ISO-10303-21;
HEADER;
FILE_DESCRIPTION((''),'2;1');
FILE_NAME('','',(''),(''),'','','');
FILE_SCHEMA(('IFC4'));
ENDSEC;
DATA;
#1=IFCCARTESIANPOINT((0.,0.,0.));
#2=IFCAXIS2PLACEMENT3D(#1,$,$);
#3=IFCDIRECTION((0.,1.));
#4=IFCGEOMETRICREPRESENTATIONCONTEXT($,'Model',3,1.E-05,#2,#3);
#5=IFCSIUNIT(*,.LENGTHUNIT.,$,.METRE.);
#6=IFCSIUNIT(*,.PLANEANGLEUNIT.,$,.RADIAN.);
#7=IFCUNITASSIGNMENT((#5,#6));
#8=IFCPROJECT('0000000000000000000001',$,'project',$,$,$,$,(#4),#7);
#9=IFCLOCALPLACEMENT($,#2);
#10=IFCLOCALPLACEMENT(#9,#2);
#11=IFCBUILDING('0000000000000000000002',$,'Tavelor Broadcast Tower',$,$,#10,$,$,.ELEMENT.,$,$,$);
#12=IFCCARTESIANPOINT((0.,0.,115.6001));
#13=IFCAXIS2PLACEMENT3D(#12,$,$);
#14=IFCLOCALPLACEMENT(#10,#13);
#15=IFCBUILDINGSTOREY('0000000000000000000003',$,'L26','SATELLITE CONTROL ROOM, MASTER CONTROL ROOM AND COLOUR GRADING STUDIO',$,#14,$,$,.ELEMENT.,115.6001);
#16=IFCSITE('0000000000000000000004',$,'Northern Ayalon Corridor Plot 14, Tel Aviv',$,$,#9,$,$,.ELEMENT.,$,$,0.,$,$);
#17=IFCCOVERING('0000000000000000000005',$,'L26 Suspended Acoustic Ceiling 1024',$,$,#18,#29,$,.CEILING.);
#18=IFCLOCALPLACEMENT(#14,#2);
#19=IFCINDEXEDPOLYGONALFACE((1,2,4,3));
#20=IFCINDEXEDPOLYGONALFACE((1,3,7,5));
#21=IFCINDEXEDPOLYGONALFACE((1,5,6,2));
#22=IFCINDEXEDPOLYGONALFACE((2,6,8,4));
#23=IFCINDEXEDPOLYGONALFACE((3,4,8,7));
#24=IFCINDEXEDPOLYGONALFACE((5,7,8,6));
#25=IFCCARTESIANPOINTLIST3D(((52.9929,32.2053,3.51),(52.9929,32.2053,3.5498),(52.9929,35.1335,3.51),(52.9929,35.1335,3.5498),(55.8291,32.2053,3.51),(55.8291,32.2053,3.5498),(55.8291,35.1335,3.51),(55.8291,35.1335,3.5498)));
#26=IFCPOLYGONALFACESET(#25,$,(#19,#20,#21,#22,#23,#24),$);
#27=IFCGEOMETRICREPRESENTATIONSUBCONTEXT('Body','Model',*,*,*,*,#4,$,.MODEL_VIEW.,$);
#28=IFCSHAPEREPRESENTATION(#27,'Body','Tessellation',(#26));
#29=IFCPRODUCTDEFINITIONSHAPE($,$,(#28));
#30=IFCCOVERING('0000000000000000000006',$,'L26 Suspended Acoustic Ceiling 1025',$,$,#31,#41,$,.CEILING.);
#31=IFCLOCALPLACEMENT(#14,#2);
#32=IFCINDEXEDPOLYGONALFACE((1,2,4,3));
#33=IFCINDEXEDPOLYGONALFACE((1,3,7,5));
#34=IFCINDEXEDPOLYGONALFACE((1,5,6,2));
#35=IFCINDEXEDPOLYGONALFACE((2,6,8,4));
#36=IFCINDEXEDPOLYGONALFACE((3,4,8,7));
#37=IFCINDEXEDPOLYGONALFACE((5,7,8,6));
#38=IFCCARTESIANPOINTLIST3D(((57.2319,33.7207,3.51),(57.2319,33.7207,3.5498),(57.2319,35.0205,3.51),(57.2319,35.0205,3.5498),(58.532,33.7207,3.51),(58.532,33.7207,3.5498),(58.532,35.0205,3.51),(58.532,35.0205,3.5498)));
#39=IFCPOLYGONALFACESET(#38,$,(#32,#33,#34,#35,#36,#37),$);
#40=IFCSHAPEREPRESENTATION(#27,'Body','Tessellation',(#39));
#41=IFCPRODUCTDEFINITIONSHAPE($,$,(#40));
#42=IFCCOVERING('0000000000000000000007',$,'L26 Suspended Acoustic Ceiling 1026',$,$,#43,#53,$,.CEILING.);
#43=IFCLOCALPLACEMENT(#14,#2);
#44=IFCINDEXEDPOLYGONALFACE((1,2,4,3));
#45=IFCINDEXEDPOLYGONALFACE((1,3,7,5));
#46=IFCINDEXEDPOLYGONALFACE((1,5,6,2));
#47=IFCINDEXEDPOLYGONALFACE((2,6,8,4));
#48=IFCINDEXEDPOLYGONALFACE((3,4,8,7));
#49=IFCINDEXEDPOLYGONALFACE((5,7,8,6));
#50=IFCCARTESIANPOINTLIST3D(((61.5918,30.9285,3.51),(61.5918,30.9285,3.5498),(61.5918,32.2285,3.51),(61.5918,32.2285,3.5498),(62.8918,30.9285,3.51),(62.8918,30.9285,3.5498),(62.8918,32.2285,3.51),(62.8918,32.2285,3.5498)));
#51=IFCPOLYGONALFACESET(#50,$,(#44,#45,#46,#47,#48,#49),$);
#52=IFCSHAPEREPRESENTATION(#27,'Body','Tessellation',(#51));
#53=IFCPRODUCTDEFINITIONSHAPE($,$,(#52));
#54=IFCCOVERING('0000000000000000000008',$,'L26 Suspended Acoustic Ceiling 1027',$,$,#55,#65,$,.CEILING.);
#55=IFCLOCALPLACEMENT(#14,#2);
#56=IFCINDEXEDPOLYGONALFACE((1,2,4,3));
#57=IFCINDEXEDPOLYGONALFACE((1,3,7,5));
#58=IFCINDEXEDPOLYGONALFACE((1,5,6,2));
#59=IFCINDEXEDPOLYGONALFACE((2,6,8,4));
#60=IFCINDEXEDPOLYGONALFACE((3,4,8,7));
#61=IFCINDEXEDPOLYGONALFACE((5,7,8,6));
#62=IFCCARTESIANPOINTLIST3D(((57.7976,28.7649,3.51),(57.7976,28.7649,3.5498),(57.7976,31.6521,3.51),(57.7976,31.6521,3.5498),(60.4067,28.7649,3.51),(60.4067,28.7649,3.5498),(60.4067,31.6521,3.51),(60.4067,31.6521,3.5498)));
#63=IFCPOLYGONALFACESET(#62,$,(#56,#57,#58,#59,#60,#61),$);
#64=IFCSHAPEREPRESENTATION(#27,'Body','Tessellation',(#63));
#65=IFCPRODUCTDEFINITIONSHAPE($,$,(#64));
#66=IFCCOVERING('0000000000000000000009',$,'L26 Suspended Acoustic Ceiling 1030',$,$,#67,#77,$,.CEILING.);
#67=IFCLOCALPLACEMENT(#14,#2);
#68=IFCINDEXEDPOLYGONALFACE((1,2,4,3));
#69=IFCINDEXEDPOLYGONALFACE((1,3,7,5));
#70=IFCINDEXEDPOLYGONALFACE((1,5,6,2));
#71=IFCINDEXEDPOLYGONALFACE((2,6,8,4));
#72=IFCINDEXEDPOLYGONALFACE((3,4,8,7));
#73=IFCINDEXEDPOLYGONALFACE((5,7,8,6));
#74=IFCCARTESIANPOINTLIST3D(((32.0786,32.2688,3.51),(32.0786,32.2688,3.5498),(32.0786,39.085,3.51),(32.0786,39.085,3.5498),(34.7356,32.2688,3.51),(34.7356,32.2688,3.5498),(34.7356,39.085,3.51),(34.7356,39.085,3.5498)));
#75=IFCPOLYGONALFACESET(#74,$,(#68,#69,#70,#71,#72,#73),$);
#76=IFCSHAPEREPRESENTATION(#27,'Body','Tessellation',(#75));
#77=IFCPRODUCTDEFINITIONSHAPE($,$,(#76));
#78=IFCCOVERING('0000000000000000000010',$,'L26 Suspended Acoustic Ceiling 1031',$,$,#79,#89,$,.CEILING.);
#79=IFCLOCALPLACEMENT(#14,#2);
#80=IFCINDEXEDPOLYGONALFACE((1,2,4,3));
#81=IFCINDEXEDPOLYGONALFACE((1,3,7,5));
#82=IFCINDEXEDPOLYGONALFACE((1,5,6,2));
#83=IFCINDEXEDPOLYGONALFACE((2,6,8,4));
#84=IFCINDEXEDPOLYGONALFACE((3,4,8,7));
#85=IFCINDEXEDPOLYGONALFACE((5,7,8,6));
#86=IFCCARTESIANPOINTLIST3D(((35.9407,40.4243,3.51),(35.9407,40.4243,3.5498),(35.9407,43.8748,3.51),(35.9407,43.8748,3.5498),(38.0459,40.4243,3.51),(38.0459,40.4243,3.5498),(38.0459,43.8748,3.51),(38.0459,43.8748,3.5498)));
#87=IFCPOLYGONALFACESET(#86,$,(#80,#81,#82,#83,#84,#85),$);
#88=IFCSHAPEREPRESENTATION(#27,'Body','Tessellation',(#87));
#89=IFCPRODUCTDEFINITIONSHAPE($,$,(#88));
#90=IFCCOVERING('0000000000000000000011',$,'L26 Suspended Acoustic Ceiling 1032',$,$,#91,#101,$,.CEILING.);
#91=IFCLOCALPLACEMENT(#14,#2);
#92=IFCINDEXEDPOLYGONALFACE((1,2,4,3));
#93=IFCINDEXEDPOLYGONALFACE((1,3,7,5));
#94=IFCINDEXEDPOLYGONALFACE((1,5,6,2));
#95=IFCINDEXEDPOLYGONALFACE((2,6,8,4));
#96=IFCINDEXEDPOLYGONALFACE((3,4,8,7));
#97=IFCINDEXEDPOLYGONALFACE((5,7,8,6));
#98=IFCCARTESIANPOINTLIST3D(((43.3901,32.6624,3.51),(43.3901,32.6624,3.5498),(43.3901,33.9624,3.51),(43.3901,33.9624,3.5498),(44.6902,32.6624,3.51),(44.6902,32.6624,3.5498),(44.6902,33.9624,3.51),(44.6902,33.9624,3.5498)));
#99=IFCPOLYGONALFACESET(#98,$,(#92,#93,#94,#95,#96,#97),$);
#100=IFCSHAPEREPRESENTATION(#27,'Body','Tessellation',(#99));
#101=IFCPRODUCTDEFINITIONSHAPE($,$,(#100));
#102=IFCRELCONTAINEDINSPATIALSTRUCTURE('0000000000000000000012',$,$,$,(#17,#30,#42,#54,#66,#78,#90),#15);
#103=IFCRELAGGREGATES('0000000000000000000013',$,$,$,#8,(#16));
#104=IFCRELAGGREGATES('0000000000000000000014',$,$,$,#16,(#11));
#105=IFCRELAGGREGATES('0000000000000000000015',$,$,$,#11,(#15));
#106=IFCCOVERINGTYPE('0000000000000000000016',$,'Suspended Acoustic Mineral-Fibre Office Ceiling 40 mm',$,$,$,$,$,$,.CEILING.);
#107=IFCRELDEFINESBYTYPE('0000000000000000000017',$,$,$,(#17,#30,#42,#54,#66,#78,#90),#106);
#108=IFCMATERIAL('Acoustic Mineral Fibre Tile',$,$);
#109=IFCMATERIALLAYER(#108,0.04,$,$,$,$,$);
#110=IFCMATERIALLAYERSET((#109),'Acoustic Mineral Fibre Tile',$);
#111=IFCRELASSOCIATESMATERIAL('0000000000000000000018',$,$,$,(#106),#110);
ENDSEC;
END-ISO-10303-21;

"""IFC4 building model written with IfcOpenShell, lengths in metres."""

from ifc_helpers import new_model, si_unit, direction, frame, origin, place, context, subcontext, project, spatial, polyline, outline, extrude, material, layer, layer_set, type_object, element, save


model = new_model("IFC4")

# Units and contexts
model_context = context("Model", 3, precision=1e-05, world=origin(), true_north=direction((0.0, 1.0)))
body_context = subcontext(model_context, "Body", "Model", "MODEL_VIEW")
ifc_project = project(units=[si_unit("LENGTHUNIT", "METRE"), si_unit("PLANEANGLEUNIT", "RADIAN")], contexts=[model_context])

# Site, building, storey
site_placement = place(None, origin())
site = spatial("IfcSite", under=ifc_project, at=site_placement, Name="Northern Ayalon Corridor Plot 14, Tel Aviv", CompositionType="ELEMENT", RefElevation=0.0)
building_placement = place(site_placement, origin())
building = spatial("IfcBuilding", under=site, at=building_placement, Name="Tavelor Broadcast Tower", CompositionType="ELEMENT")
storey_placement = place(building_placement, frame((0.0, 0.0, 115.6001)))
storey = spatial("IfcBuildingStorey", under=building, at=storey_placement, Name="L26", Description="SATELLITE CONTROL ROOM, MASTER CONTROL ROOM AND COLOUR GRADING STUDIO", CompositionType="ELEMENT", Elevation=115.6001)

# Coverings
ifc_material_1 = material(Name="Acoustic Mineral Fibre Tile")
ifc_layer_1 = layer(ifc_material_1, 0.04)
ifc_layer_set_1 = layer_set([ifc_layer_1], Name="Acoustic Mineral Fibre Tile")
covering_type_1 = type_object("IfcCoveringType", Name="Suspended Acoustic Mineral-Fibre Office Ceiling 40 mm", PredefinedType="CEILING", material=ifc_layer_set_1)
covering_1_placement = place(storey_placement, frame((0.0, 0.0, 3.51)))
element("IfcCovering", 1, at=covering_1_placement, inside=storey, type_object=covering_type_1, Name="L26 Suspended Acoustic Ceiling 1024", PredefinedType="CEILING", context=body_context, shape_type="SweptSolid", body=[
    extrude(outline(polyline([(52.9929, 32.2053), (55.8291, 32.2053), (55.8291, 35.1335), (52.9929, 35.1335), (52.9929, 32.2053)])), origin(), (0.0, 0.0, 1.0), 0.0398),
])
covering_2_placement = place(storey_placement, frame((0.0, 0.0, 3.51)))
element("IfcCovering", 2, at=covering_2_placement, inside=storey, type_object=covering_type_1, Name="L26 Suspended Acoustic Ceiling 1025", PredefinedType="CEILING", context=body_context, shape_type="SweptSolid", body=[
    extrude(outline(polyline([(57.2319, 33.7207), (58.532, 33.7207), (58.532, 35.0205), (57.2319, 35.0205), (57.2319, 33.7207)])), origin(), (0.0, 0.0, 1.0), 0.0398),
])
covering_3_placement = place(storey_placement, frame((0.0, 0.0, 3.51)))
element("IfcCovering", 3, at=covering_3_placement, inside=storey, type_object=covering_type_1, Name="L26 Suspended Acoustic Ceiling 1026", PredefinedType="CEILING", context=body_context, shape_type="SweptSolid", body=[
    extrude(outline(polyline([(61.5918, 30.9285), (62.8918, 30.9285), (62.8918, 32.2285), (61.5918, 32.2285), (61.5918, 30.9285)])), origin(), (0.0, 0.0, 1.0), 0.0398),
])
covering_4_placement = place(storey_placement, frame((0.0, 0.0, 3.51)))
element("IfcCovering", 4, at=covering_4_placement, inside=storey, type_object=covering_type_1, Name="L26 Suspended Acoustic Ceiling 1027", PredefinedType="CEILING", context=body_context, shape_type="SweptSolid", body=[
    extrude(outline(polyline([(57.7976, 28.7649), (60.4067, 28.7649), (60.4067, 31.6521), (57.7976, 31.6521), (57.7976, 28.7649)])), origin(), (0.0, 0.0, 1.0), 0.0398),
])
covering_5_placement = place(storey_placement, frame((0.0, 0.0, 3.51)))
element("IfcCovering", 5, at=covering_5_placement, inside=storey, type_object=covering_type_1, Name="L26 Suspended Acoustic Ceiling 1030", PredefinedType="CEILING", context=body_context, shape_type="SweptSolid", body=[
    extrude(outline(polyline([(32.0786, 32.2688), (34.7356, 32.2688), (34.7356, 39.085), (32.0786, 39.085), (32.0786, 32.2688)])), origin(), (0.0, 0.0, 1.0), 0.0398),
])
covering_6_placement = place(storey_placement, frame((0.0, 0.0, 3.51)))
element("IfcCovering", 6, at=covering_6_placement, inside=storey, type_object=covering_type_1, Name="L26 Suspended Acoustic Ceiling 1031", PredefinedType="CEILING", context=body_context, shape_type="SweptSolid", body=[
    extrude(outline(polyline([(35.9407, 40.4243), (38.0459, 40.4243), (38.0459, 43.8748), (35.9407, 43.8748), (35.9407, 40.4243)])), origin(), (0.0, 0.0, 1.0), 0.0398),
])
covering_7_placement = place(storey_placement, frame((0.0, 0.0, 3.51)))
element("IfcCovering", 7, at=covering_7_placement, inside=storey, type_object=covering_type_1, Name="L26 Suspended Acoustic Ceiling 1032", PredefinedType="CEILING", context=body_context, shape_type="SweptSolid", body=[
    extrude(outline(polyline([(43.3901, 32.6624), (44.6902, 32.6624), (44.6902, 33.9624), (43.3901, 33.9624), (43.3901, 32.6624)])), origin(), (0.0, 0.0, 1.0), 0.0398),
])

save(model, "model.ifc")
